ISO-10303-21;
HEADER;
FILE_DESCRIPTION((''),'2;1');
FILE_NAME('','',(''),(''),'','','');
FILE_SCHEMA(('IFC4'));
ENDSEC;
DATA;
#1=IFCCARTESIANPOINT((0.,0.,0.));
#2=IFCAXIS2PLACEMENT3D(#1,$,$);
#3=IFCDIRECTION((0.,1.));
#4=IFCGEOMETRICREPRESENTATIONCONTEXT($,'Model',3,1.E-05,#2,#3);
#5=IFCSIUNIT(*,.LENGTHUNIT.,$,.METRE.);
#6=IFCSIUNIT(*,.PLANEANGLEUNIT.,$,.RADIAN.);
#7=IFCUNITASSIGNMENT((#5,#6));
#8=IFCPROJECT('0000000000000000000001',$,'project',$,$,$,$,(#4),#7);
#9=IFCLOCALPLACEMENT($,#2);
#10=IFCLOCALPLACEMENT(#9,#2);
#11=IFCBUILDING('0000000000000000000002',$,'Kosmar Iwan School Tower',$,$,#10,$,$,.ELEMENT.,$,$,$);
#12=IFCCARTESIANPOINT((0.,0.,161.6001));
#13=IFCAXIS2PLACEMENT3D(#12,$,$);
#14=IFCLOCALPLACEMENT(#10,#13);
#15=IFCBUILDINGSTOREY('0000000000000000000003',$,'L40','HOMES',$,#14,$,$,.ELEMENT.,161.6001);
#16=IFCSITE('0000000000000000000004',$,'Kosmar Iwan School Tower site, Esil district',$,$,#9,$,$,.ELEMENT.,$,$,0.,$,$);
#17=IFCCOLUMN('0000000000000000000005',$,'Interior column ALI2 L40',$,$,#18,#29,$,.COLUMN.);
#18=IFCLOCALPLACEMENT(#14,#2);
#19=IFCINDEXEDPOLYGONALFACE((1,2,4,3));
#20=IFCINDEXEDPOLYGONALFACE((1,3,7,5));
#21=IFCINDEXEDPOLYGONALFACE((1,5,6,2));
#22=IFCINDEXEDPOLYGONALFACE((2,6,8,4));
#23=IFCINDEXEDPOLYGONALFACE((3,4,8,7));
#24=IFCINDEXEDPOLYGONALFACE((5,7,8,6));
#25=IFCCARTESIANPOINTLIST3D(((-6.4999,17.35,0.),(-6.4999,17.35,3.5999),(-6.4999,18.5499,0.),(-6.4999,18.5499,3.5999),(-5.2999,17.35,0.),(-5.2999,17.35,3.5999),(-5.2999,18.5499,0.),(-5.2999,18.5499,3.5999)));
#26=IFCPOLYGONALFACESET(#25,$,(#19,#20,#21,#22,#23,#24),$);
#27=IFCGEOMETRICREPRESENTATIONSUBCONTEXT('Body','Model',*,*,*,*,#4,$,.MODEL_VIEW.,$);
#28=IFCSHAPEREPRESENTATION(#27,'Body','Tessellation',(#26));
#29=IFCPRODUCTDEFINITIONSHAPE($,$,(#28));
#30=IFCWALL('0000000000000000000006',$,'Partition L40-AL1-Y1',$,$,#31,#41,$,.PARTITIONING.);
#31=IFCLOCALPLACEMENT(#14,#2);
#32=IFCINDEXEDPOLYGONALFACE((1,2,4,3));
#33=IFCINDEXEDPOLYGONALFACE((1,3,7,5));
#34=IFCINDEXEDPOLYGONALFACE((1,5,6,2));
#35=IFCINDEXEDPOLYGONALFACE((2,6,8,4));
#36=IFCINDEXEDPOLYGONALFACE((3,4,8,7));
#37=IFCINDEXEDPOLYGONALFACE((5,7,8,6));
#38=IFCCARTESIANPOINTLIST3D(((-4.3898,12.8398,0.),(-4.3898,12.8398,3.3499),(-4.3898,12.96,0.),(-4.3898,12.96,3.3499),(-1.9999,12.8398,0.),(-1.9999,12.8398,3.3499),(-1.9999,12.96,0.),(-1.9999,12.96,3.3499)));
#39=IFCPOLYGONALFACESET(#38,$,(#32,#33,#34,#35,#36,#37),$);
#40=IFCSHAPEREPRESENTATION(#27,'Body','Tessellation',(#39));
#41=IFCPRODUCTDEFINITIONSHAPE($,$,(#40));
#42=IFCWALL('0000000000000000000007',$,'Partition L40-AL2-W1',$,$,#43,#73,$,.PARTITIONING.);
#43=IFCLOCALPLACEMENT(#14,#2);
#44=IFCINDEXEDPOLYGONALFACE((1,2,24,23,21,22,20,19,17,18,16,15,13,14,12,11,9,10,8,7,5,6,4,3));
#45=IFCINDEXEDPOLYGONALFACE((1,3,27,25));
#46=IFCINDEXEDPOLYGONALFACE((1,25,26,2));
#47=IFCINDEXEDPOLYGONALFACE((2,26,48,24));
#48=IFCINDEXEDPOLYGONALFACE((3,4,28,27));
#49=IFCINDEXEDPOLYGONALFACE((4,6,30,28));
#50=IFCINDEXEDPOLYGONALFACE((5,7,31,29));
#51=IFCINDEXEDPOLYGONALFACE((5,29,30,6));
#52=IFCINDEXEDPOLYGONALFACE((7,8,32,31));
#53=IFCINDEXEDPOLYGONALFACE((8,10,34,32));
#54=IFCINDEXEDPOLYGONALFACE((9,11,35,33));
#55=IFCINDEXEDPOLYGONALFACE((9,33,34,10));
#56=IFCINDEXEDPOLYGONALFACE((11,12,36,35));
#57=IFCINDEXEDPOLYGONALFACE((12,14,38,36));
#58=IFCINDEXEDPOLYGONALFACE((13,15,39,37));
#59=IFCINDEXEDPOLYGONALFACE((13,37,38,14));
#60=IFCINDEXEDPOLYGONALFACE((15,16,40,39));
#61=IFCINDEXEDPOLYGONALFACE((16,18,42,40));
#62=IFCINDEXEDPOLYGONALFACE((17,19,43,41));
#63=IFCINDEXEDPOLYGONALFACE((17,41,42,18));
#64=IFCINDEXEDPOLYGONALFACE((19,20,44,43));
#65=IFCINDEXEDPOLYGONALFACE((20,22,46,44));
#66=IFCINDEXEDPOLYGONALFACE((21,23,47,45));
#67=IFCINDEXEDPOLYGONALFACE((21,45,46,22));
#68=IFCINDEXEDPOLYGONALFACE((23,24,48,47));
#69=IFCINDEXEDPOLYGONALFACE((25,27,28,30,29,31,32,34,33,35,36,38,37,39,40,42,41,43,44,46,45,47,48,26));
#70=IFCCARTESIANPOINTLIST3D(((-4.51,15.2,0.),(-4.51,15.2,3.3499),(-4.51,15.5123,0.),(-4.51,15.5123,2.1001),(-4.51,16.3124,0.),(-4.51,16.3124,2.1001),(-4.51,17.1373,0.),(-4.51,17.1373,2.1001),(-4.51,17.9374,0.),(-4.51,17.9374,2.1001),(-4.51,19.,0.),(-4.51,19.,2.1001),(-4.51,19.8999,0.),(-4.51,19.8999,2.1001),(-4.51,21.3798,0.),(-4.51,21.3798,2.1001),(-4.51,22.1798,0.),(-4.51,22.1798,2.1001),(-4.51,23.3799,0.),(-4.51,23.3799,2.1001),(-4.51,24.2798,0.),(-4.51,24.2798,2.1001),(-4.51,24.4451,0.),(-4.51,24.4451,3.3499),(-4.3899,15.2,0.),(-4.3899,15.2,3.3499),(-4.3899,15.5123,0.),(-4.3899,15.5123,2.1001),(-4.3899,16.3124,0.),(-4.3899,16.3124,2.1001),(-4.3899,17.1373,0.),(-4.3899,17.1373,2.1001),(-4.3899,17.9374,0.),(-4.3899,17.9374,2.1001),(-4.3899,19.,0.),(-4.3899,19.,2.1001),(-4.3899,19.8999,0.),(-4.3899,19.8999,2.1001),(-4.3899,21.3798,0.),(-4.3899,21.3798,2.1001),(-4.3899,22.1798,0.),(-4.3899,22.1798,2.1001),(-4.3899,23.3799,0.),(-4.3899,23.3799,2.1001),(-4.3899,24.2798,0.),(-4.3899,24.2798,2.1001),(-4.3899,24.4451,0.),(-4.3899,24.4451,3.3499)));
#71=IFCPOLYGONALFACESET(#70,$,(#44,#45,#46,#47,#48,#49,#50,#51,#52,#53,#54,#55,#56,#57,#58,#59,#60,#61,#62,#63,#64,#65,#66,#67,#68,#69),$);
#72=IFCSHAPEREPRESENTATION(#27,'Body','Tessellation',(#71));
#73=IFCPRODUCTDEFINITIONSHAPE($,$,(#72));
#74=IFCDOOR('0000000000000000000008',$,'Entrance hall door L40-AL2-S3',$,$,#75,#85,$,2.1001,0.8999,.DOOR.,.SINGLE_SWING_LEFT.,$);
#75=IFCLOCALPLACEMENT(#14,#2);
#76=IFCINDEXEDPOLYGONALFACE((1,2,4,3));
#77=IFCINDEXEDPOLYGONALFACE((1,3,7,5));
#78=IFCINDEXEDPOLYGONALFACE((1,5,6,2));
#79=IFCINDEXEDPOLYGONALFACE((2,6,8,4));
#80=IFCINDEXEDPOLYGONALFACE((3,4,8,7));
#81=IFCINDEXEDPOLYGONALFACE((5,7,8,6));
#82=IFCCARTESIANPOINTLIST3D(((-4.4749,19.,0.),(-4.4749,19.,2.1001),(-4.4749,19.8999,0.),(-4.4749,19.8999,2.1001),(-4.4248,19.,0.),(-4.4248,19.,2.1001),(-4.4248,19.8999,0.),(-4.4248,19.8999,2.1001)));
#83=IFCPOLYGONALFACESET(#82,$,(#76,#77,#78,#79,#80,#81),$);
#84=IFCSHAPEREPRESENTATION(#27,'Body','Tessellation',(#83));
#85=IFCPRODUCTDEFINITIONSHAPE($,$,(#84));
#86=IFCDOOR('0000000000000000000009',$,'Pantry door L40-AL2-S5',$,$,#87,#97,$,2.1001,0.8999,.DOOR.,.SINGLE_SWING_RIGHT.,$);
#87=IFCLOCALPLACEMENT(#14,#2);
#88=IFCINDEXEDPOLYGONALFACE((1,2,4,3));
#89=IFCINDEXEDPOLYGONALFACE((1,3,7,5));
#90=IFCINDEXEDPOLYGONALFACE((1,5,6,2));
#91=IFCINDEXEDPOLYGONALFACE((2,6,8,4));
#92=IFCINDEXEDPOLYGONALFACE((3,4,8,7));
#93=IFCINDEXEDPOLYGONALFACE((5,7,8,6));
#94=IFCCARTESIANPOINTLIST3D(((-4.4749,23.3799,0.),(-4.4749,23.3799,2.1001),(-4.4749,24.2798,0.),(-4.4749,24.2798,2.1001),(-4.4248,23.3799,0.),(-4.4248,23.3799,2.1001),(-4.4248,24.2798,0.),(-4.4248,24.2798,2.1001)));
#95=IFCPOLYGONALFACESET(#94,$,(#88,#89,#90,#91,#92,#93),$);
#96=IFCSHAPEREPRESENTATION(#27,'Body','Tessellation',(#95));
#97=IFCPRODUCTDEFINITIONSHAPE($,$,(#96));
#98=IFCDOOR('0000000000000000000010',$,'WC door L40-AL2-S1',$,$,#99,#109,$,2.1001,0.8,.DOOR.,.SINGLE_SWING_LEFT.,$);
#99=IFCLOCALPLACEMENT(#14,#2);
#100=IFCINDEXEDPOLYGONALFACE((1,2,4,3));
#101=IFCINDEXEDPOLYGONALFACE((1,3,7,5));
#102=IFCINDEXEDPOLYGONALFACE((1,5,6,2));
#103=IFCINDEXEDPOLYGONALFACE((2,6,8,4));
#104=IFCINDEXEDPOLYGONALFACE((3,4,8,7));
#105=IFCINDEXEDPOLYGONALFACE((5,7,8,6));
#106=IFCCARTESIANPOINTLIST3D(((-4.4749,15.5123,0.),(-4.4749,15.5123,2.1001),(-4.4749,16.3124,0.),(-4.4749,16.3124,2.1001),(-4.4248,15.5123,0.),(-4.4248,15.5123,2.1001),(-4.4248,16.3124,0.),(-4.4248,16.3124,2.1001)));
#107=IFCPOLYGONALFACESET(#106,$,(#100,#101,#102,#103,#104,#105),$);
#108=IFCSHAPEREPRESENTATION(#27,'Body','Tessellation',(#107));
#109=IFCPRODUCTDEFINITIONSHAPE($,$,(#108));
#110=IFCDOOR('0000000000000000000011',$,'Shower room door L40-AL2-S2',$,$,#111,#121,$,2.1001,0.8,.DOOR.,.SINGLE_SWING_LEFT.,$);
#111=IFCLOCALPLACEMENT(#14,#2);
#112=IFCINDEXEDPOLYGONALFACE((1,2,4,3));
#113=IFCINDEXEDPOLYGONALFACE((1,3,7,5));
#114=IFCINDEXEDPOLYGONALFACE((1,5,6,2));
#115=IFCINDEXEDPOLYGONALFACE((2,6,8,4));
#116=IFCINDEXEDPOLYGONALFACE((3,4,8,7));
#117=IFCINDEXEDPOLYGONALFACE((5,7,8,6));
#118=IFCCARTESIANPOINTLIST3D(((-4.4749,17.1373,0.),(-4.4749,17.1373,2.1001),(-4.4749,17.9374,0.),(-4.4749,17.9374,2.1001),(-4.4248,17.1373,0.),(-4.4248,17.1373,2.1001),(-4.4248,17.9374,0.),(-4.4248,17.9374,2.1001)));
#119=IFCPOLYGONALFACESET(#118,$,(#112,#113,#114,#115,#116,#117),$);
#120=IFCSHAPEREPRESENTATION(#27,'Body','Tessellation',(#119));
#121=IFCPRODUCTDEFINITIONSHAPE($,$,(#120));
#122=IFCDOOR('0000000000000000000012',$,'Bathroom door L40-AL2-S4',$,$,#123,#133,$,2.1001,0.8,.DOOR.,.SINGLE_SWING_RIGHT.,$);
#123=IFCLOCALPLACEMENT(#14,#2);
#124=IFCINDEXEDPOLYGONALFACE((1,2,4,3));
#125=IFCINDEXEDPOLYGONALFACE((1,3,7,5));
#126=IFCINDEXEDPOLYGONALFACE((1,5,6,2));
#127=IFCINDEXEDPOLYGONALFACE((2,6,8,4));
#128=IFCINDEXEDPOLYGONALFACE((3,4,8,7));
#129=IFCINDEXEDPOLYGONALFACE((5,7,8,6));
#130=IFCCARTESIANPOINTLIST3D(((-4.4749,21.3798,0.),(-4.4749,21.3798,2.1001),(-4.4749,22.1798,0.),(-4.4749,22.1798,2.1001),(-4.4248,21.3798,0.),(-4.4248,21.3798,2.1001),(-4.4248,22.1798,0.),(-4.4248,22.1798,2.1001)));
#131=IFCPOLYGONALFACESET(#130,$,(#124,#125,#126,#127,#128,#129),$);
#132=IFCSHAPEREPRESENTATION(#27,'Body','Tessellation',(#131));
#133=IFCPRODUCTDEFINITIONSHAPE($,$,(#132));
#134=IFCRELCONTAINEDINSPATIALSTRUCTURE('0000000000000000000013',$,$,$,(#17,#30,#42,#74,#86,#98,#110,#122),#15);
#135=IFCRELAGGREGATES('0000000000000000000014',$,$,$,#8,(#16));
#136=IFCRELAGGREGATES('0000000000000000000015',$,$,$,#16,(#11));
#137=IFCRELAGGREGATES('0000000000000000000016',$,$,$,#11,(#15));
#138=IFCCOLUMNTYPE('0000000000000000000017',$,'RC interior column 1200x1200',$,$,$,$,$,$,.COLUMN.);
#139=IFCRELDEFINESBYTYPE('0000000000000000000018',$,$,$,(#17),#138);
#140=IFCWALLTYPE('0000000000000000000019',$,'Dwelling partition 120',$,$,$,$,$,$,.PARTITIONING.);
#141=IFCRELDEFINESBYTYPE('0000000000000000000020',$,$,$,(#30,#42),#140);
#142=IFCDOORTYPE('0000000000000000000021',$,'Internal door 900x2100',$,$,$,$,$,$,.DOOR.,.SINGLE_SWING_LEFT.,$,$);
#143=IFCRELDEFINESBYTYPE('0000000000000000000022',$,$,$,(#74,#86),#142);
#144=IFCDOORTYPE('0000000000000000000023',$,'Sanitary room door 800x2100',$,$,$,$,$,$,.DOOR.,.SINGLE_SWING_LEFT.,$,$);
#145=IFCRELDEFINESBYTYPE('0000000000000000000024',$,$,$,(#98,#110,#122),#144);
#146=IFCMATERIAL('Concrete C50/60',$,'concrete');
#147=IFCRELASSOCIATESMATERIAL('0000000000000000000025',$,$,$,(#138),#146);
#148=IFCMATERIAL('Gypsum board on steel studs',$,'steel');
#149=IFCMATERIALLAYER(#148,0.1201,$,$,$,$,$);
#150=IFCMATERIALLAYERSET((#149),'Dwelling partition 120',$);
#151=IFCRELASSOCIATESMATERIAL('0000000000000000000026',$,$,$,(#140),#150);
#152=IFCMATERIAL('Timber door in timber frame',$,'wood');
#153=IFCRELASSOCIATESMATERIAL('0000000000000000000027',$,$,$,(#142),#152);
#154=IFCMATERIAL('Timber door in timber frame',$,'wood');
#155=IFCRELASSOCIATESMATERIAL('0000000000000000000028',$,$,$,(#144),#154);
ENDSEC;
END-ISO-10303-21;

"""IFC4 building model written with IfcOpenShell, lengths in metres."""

from ifc_helpers import new_model, si_unit, direction, frame, frame_2d, origin, origin_2d, place, context, subcontext, project, spatial, rectangle, extrude, material, layer, layer_set, material_profile, profile_set, type_object, element, fill, save


model = new_model("IFC4")

# Units and contexts
model_context = context("Model", 3, precision=1e-05, world=origin(), true_north=direction((0.0, 1.0)))
body_context = subcontext(model_context, "Body", "Model", "MODEL_VIEW")
ifc_project = project(units=[si_unit("LENGTHUNIT", "METRE"), si_unit("PLANEANGLEUNIT", "RADIAN")], contexts=[model_context])

# Site, building, storey
site_placement = place(None, origin())
site = spatial("IfcSite", under=ifc_project, at=site_placement, Name="Kosmar Iwan School Tower site, Esil district", CompositionType="ELEMENT", RefElevation=0.0)
building_placement = place(site_placement, origin())
building = spatial("IfcBuilding", under=site, at=building_placement, Name="Kosmar Iwan School Tower", CompositionType="ELEMENT")
storey_placement = place(building_placement, frame((0.0, 0.0, 161.6001)))
storey = spatial("IfcBuildingStorey", under=building, at=storey_placement, Name="L40", Description="HOMES", CompositionType="ELEMENT", Elevation=161.6001)

# Column
ifc_material_1 = material(Name="Concrete C50/60", Category="concrete")
ifc_material_profile = material_profile(ifc_material_1, rectangle(XDim=1.2, YDim=1.2, at=origin_2d()), Name="RC 1200x1200")
ifc_profile_set = profile_set([ifc_material_profile], Name="Concrete C50/60")
column_type = type_object("IfcColumnType", Name="RC interior column 1200x1200", PredefinedType="COLUMN", material=ifc_profile_set)
column_placement = place(storey_placement, frame((-5.8999, 17.95, 0.0), z_axis=(0.0, 0.0, 1.0), x_axis=(0.0, 1.0, 0.0)))
element("IfcColumn", 1, at=column_placement, inside=storey, type_object=column_type, Name="Interior column ALI2 L40", PredefinedType="COLUMN", context=body_context, shape_type="SweptSolid", body=[
    extrude(rectangle(XDim=1.2, YDim=1.2, at=origin_2d()), origin(), (0.0, 0.0, 1.0), 3.5999),
])

# Wall
ifc_material_2 = material(Name="Gypsum board on steel studs", Category="steel")
ifc_layer_1 = layer(ifc_material_2, 0.1201)
ifc_layer_set_1 = layer_set([ifc_layer_1], Name="Dwelling partition 120")
wall_type_1 = type_object("IfcWallType", Name="Dwelling partition 120", PredefinedType="PARTITIONING", material=ifc_layer_set_1)
wall_1_placement = place(storey_placement, frame((-2.0, 12.8999, 0.0), z_axis=(0.0, 0.0, 1.0), x_axis=(-1.0, 0.0, 0.0)))
element("IfcWall", 2, at=wall_1_placement, inside=storey, type_object=wall_type_1, Name="Partition L40-AL1-Y1", PredefinedType="PARTITIONING", context=body_context, shape_type="SweptSolid", body=[
    extrude(rectangle(XDim=2.3899, YDim=0.1201, at=frame_2d((1.1948, 0.0))), origin(), (0.0, 0.0, 1.0), 3.3499),
])

# Wall, openings, doors
wall_2_placement = place(storey_placement, frame((-4.45, 15.2, 0.0), z_axis=(0.0, 0.0, 1.0), x_axis=(0.0, 1.0, 0.0)))
wall_2 = element("IfcWall", 3, at=wall_2_placement, inside=storey, type_object=wall_type_1, Name="Partition L40-AL2-W1", PredefinedType="PARTITIONING", context=body_context, shape_type="SweptSolid", body=[
    extrude(rectangle(XDim=9.2451, YDim=0.1201, at=frame_2d((4.6226, 0.0))), origin(), (0.0, 0.0, 1.0), 3.3499),
])
opening_1_placement = place(wall_2_placement, frame((0.3125, 0.0, 0.0)))
opening_1 = element("IfcOpeningElement", 4, at=opening_1_placement, cuts=wall_2, PredefinedType="OPENING", context=body_context, shape_type="SweptSolid", body=[
    extrude(rectangle(XDim=0.8, YDim=2.1001, at=frame_2d((0.3999, 1.05))), frame((0.0, 0.072, 0.0), z_axis=(0.0, -1.0, 0.0), x_axis=(1.0, 0.0, 0.0)), (0.0, 0.0, 1.0), 0.144),
])
opening_2_placement = place(wall_2_placement, frame((1.9375, 0.0, 0.0)))
opening_2 = element("IfcOpeningElement", 5, at=opening_2_placement, cuts=wall_2, PredefinedType="OPENING", context=body_context, shape_type="SweptSolid", body=[
    extrude(rectangle(XDim=0.8, YDim=2.1001, at=frame_2d((0.3999, 1.05))), frame((0.0, 0.072, 0.0), z_axis=(0.0, -1.0, 0.0), x_axis=(1.0, 0.0, 0.0)), (0.0, 0.0, 1.0), 0.144),
])
opening_3_placement = place(wall_2_placement, frame((3.8, 0.0, 0.0)))
opening_3 = element("IfcOpeningElement", 6, at=opening_3_placement, cuts=wall_2, PredefinedType="OPENING", context=body_context, shape_type="SweptSolid", body=[
    extrude(rectangle(XDim=0.8999, YDim=2.1001, at=frame_2d((0.45, 1.05))), frame((0.0, 0.072, 0.0), z_axis=(0.0, -1.0, 0.0), x_axis=(1.0, 0.0, 0.0)), (0.0, 0.0, 1.0), 0.144),
])
opening_4_placement = place(wall_2_placement, frame((6.1799, 0.0, 0.0)))
opening_4 = element("IfcOpeningElement", 7, at=opening_4_placement, cuts=wall_2, PredefinedType="OPENING", context=body_context, shape_type="SweptSolid", body=[
    extrude(rectangle(XDim=0.8, YDim=2.1001, at=frame_2d((0.3999, 1.05))), frame((0.0, 0.072, 0.0), z_axis=(0.0, -1.0, 0.0), x_axis=(1.0, 0.0, 0.0)), (0.0, 0.0, 1.0), 0.144),
])
opening_5_placement = place(wall_2_placement, frame((8.1799, 0.0, 0.0)))
opening_5 = element("IfcOpeningElement", 8, at=opening_5_placement, cuts=wall_2, PredefinedType="OPENING", context=body_context, shape_type="SweptSolid", body=[
    extrude(rectangle(XDim=0.8999, YDim=2.1001, at=frame_2d((0.45, 1.05))), frame((0.0, 0.072, 0.0), z_axis=(0.0, -1.0, 0.0), x_axis=(1.0, 0.0, 0.0)), (0.0, 0.0, 1.0), 0.144),
])
ifc_material_3 = material(Name="Timber door in timber frame", Category="wood")
door_type_1 = type_object("IfcDoorType", Name="Internal door 900x2100", OperationType="SINGLE_SWING_LEFT", PredefinedType="DOOR", material=ifc_material_3)
door_1_placement = place(opening_3_placement, origin())
door_1 = element("IfcDoor", 9, at=door_1_placement, inside=storey, type_object=door_type_1, Name="Entrance hall door L40-AL2-S3", OperationType="SINGLE_SWING_LEFT", OverallHeight=2.1001, OverallWidth=0.8999, PredefinedType="DOOR", context=body_context, shape_type="SweptSolid", body=[
    extrude(rectangle(XDim=0.8999, YDim=2.1001, at=frame_2d((0.45, 1.05))), frame((0.0, 0.0249, 0.0), z_axis=(0.0, -1.0, 0.0), x_axis=(1.0, 0.0, 0.0)), (0.0, 0.0, 1.0), 0.05),
])
fill(opening_3, door_1)
door_2_placement = place(opening_5_placement, origin())
door_2 = element("IfcDoor", 10, at=door_2_placement, inside=storey, type_object=door_type_1, Name="Pantry door L40-AL2-S5", OperationType="SINGLE_SWING_RIGHT", OverallHeight=2.1001, OverallWidth=0.8999, PredefinedType="DOOR", context=body_context, shape_type="SweptSolid", body=[
    extrude(rectangle(XDim=0.8999, YDim=2.1001, at=frame_2d((0.45, 1.05))), frame((0.0, 0.0249, 0.0), z_axis=(0.0, -1.0, 0.0), x_axis=(1.0, 0.0, 0.0)), (0.0, 0.0, 1.0), 0.05),
])
fill(opening_5, door_2)
ifc_material_4 = material(Name="Timber door in timber frame", Category="wood")
door_type_2 = type_object("IfcDoorType", Name="Sanitary room door 800x2100", OperationType="SINGLE_SWING_LEFT", PredefinedType="DOOR", material=ifc_material_4)
door_3_placement = place(opening_1_placement, origin())
door_3 = element("IfcDoor", 11, at=door_3_placement, inside=storey, type_object=door_type_2, Name="WC door L40-AL2-S1", OperationType="SINGLE_SWING_LEFT", OverallHeight=2.1001, OverallWidth=0.8, PredefinedType="DOOR", context=body_context, shape_type="SweptSolid", body=[
    extrude(rectangle(XDim=0.8, YDim=2.1001, at=frame_2d((0.3999, 1.05))), frame((0.0, 0.0249, 0.0), z_axis=(0.0, -1.0, 0.0), x_axis=(1.0, 0.0, 0.0)), (0.0, 0.0, 1.0), 0.05),
])
fill(opening_1, door_3)
door_4_placement = place(opening_2_placement, origin())
door_4 = element("IfcDoor", 12, at=door_4_placement, inside=storey, type_object=door_type_2, Name="Shower room door L40-AL2-S2", OperationType="SINGLE_SWING_LEFT", OverallHeight=2.1001, OverallWidth=0.8, PredefinedType="DOOR", context=body_context, shape_type="SweptSolid", body=[
    extrude(rectangle(XDim=0.8, YDim=2.1001, at=frame_2d((0.3999, 1.05))), frame((0.0, 0.0249, 0.0), z_axis=(0.0, -1.0, 0.0), x_axis=(1.0, 0.0, 0.0)), (0.0, 0.0, 1.0), 0.05),
])
fill(opening_2, door_4)
door_5_placement = place(opening_4_placement, origin())
door_5 = element("IfcDoor", 13, at=door_5_placement, inside=storey, type_object=door_type_2, Name="Bathroom door L40-AL2-S4", OperationType="SINGLE_SWING_RIGHT", OverallHeight=2.1001, OverallWidth=0.8, PredefinedType="DOOR", context=body_context, shape_type="SweptSolid", body=[
    extrude(rectangle(XDim=0.8, YDim=2.1001, at=frame_2d((0.3999, 1.05))), frame((0.0, 0.0249, 0.0), z_axis=(0.0, -1.0, 0.0), x_axis=(1.0, 0.0, 0.0)), (0.0, 0.0, 1.0), 0.05),
])
fill(opening_4, door_5)

save(model, "model.ifc")
